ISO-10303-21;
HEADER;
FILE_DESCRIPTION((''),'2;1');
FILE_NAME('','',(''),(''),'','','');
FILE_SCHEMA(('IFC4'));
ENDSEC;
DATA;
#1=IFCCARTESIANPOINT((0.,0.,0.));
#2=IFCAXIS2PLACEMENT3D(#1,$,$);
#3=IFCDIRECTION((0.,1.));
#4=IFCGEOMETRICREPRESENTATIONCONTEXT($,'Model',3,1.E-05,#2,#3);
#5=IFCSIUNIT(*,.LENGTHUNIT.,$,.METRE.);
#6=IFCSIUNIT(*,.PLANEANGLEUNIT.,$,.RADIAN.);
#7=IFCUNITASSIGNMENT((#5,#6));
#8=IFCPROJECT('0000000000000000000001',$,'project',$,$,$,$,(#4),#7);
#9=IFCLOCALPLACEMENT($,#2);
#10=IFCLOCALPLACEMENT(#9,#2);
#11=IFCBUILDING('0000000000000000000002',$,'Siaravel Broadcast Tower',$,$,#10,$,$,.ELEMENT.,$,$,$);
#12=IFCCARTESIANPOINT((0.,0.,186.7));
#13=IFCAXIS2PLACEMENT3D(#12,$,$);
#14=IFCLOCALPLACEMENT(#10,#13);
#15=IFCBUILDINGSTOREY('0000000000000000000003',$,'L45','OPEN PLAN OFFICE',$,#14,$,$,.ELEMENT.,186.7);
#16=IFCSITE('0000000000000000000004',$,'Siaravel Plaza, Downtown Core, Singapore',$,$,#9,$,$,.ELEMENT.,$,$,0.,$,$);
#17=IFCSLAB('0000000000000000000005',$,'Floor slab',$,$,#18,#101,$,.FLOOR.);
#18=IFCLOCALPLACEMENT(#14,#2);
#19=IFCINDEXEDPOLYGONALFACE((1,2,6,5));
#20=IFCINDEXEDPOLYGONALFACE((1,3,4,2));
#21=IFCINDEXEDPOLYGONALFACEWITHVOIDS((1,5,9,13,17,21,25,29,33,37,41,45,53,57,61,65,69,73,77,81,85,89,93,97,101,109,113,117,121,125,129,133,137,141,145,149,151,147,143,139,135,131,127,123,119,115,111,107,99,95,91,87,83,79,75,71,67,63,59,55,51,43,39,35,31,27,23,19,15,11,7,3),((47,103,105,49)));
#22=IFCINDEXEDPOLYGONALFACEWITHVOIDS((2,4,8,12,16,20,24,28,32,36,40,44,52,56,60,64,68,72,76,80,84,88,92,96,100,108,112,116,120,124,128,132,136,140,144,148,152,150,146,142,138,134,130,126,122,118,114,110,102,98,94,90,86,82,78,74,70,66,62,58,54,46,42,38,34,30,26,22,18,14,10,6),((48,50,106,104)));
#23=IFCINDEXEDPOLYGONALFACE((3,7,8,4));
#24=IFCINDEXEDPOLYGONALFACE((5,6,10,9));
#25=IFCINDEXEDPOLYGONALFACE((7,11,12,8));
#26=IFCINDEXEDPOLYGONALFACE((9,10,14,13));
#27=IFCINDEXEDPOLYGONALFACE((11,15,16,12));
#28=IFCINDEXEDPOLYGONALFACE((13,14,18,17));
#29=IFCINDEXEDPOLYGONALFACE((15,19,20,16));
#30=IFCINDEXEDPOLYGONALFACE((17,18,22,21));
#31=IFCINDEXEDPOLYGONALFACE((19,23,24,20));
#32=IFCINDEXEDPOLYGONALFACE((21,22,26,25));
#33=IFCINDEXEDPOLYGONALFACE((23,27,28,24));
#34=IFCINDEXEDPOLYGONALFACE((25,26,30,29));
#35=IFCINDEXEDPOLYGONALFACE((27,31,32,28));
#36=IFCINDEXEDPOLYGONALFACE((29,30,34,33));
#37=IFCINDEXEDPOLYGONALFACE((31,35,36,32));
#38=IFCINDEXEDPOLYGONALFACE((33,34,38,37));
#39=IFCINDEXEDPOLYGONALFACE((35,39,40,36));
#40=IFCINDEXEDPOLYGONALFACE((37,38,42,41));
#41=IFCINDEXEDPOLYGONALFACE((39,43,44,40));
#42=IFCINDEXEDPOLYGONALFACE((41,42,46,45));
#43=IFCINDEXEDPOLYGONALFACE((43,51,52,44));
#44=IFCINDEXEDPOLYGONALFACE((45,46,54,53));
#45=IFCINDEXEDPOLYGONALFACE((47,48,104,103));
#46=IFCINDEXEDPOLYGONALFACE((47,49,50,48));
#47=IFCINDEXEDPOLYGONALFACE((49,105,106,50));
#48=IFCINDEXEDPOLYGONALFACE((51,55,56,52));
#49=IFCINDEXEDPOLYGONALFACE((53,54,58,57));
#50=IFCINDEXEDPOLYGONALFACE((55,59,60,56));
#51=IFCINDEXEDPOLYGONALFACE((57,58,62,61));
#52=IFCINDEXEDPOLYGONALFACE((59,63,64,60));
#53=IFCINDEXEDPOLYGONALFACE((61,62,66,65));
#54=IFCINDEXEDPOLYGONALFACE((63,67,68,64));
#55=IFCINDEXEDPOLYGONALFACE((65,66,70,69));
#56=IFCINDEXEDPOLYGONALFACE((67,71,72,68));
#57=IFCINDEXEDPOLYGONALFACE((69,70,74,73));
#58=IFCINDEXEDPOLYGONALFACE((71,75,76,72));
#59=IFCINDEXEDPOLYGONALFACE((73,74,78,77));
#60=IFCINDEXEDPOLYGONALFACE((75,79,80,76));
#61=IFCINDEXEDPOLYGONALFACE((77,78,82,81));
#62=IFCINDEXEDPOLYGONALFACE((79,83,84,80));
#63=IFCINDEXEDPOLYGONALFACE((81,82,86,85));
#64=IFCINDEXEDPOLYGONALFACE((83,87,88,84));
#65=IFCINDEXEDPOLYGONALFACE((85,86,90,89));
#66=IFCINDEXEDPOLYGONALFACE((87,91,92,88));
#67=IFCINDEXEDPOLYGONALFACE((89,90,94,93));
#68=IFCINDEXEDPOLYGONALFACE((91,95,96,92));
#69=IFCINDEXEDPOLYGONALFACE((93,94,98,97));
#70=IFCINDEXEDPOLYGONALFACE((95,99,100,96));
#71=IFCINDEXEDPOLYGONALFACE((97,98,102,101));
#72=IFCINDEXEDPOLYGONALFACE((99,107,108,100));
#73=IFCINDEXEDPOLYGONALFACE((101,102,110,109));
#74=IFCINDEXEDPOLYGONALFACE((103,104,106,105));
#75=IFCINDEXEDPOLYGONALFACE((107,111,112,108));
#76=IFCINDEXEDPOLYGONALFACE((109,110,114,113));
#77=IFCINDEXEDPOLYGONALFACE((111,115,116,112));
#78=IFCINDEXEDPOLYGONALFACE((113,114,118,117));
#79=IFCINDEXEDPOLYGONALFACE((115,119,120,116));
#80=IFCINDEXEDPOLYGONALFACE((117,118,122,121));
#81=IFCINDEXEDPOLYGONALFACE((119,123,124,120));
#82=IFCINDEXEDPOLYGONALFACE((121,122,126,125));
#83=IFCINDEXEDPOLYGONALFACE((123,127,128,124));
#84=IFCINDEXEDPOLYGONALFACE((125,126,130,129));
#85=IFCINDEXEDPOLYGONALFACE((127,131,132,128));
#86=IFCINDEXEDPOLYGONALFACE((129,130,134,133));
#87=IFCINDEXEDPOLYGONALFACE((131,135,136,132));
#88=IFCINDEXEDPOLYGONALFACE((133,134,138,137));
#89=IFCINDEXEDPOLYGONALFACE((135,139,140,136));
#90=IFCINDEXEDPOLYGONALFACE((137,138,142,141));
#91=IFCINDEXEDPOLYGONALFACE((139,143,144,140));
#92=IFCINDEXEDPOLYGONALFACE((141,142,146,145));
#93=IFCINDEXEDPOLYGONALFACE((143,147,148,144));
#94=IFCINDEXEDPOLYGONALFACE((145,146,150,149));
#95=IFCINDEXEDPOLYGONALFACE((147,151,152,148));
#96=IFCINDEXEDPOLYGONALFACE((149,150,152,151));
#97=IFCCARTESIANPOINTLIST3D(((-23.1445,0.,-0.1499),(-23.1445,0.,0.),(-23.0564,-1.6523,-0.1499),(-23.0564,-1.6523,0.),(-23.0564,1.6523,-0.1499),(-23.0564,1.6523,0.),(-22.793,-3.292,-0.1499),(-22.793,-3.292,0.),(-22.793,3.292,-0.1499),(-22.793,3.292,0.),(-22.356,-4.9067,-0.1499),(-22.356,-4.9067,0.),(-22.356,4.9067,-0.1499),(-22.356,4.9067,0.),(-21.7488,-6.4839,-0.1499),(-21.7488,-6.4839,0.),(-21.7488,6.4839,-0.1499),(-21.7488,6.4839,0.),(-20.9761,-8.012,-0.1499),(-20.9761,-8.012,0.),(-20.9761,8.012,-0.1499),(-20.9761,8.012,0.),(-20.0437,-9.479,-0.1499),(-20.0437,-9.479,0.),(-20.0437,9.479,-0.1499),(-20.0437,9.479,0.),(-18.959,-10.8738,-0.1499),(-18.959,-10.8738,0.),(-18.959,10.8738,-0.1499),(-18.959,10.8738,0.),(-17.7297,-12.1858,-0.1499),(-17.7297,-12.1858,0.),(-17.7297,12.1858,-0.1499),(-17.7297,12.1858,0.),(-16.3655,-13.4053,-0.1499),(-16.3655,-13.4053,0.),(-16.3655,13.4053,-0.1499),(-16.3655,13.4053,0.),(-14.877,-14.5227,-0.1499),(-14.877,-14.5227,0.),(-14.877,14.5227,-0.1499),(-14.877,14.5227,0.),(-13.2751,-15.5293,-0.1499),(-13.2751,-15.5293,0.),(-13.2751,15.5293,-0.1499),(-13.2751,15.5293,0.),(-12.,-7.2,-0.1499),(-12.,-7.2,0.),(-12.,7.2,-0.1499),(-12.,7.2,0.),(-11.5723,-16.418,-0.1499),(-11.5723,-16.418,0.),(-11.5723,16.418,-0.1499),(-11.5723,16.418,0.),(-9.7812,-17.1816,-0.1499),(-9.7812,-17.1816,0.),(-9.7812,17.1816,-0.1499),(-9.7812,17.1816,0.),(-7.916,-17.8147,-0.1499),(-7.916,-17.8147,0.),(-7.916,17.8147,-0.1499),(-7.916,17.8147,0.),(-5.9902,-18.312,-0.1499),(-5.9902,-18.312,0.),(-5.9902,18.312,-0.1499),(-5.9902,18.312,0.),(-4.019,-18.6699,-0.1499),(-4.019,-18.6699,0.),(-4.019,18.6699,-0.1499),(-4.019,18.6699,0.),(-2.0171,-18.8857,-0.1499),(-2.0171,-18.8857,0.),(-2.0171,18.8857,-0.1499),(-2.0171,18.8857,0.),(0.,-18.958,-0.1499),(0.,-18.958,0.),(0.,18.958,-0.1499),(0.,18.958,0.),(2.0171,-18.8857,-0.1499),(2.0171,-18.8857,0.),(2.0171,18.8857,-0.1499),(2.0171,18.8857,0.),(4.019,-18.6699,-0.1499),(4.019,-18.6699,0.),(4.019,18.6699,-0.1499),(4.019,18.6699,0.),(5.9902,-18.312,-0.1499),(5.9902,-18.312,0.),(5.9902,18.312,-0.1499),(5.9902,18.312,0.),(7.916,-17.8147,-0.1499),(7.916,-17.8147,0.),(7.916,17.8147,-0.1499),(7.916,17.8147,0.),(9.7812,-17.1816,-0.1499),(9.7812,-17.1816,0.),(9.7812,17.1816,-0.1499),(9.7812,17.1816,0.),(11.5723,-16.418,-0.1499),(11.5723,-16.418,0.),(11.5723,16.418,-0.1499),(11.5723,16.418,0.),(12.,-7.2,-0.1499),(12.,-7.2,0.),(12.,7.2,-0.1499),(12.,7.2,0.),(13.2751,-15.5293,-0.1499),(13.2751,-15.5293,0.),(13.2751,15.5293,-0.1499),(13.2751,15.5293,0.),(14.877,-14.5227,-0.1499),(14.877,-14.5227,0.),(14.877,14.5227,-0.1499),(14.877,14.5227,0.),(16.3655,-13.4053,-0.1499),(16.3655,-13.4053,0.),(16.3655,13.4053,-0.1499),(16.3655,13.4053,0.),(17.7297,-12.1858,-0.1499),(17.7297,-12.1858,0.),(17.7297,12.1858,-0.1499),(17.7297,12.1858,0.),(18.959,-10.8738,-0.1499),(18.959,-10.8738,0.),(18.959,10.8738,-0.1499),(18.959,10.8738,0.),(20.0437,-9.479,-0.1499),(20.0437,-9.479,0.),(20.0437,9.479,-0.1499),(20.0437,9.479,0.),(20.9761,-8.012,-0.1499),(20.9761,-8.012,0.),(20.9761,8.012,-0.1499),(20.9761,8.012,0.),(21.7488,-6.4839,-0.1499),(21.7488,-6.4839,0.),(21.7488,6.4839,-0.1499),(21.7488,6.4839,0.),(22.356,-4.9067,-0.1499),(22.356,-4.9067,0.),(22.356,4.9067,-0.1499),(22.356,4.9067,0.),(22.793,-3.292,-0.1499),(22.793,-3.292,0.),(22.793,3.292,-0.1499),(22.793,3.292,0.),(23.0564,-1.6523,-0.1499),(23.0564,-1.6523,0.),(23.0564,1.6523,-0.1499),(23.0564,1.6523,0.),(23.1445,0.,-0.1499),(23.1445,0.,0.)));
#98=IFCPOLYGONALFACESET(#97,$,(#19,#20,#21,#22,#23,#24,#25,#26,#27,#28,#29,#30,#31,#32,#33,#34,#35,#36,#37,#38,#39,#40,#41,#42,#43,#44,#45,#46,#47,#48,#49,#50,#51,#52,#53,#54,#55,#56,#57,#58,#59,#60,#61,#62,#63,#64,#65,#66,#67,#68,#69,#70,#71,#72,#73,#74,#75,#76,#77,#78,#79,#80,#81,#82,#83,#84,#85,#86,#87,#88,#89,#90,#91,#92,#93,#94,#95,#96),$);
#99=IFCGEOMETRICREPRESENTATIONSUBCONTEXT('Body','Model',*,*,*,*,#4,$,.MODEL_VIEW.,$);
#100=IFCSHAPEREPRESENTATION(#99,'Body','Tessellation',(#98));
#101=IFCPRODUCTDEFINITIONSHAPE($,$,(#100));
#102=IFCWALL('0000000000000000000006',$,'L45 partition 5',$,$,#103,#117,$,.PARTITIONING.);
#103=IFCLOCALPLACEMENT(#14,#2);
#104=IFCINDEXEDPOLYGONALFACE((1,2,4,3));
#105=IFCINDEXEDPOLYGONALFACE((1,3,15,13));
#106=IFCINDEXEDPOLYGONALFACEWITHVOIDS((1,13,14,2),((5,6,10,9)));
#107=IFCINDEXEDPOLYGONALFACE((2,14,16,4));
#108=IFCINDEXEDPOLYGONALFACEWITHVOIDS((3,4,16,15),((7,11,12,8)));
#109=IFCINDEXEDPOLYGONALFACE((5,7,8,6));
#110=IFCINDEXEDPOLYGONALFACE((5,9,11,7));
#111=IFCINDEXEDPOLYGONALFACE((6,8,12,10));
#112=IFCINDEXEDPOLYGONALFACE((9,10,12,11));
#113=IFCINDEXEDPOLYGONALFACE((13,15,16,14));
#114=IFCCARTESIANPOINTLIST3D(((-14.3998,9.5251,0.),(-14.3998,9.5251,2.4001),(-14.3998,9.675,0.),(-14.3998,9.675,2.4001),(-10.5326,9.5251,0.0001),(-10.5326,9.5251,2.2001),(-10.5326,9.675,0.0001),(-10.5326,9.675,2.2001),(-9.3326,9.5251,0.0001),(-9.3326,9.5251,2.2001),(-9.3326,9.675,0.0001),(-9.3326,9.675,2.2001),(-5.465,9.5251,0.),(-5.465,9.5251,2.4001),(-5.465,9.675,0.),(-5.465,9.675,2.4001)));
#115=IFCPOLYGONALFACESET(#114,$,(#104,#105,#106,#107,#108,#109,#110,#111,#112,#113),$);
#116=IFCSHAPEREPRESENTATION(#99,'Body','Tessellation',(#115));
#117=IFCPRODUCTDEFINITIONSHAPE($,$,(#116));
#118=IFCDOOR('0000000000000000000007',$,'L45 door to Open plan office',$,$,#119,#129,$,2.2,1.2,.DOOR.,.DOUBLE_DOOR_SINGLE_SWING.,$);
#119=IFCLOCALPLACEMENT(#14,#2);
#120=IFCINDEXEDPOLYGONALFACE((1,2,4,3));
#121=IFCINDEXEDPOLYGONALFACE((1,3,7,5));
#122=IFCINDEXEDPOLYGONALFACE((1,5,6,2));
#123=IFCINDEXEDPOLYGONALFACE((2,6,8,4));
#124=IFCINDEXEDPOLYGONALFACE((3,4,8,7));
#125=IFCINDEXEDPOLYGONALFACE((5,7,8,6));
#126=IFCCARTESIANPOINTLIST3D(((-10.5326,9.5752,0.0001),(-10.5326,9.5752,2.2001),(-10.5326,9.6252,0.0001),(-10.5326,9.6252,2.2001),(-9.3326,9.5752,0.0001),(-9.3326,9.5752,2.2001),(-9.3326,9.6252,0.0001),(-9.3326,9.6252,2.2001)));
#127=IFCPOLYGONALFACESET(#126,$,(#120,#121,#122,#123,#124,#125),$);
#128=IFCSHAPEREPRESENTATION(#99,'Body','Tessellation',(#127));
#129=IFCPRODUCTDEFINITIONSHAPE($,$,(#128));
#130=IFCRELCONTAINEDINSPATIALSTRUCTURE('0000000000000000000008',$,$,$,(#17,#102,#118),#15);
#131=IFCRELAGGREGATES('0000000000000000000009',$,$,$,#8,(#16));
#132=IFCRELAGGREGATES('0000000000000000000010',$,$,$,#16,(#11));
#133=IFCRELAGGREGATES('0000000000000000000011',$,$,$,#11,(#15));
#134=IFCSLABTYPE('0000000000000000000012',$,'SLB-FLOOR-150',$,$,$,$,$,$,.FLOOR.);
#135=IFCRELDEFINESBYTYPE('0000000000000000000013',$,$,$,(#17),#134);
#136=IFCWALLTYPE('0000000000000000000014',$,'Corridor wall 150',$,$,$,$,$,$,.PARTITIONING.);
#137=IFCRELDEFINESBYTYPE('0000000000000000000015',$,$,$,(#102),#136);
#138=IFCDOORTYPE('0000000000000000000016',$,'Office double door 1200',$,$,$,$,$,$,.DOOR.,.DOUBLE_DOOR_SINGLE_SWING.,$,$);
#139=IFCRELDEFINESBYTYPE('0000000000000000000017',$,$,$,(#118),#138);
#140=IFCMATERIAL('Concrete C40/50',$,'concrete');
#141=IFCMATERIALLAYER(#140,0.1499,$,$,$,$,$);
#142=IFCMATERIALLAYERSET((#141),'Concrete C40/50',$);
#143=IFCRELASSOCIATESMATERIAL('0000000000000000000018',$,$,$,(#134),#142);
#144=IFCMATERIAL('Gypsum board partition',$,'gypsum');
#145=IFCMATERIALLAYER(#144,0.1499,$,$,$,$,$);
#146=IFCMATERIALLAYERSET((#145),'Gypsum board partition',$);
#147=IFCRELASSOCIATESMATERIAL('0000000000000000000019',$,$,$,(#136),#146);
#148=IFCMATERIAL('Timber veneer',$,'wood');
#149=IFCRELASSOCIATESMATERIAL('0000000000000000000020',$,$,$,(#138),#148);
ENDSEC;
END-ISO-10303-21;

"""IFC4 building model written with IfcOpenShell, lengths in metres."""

from ifc_helpers import new_model, si_unit, direction, frame, frame_2d, origin, place, context, subcontext, project, spatial, polyline, rectangle, outline, extrude, material, layer, layer_set, type_object, element, fill, save


model = new_model("IFC4")

# Units and contexts
model_context = context("Model", 3, precision=1e-05, world=origin(), true_north=direction((0.0, 1.0)))
body_context = subcontext(model_context, "Body", "Model", "MODEL_VIEW")
ifc_project = project(units=[si_unit("LENGTHUNIT", "METRE"), si_unit("PLANEANGLEUNIT", "RADIAN")], contexts=[model_context])

# Site, building, storey
site_placement = place(None, origin())
site = spatial("IfcSite", under=ifc_project, at=site_placement, Name="Siaravel Plaza, Downtown Core, Singapore", CompositionType="ELEMENT", RefElevation=0.0)
building_placement = place(site_placement, origin())
building = spatial("IfcBuilding", under=site, at=building_placement, Name="Siaravel Broadcast Tower", CompositionType="ELEMENT")
storey_placement = place(building_placement, frame((0.0, 0.0, 186.7)))
storey = spatial("IfcBuildingStorey", under=building, at=storey_placement, Name="L45", Description="OPEN PLAN OFFICE", CompositionType="ELEMENT", Elevation=186.7)

# Slab
ifc_material_1 = material(Name="Concrete C40/50", Category="concrete")
ifc_layer_1 = layer(ifc_material_1, 0.1499)
ifc_layer_set_1 = layer_set([ifc_layer_1], Name="Concrete C40/50")
slab_type = type_object("IfcSlabType", Name="SLB-FLOOR-150", PredefinedType="FLOOR", material=ifc_layer_set_1)
slab_placement = place(storey_placement, frame((0.0, 0.0, -0.1499)))
element("IfcSlab", 1, at=slab_placement, inside=storey, type_object=slab_type, Name="Floor slab", PredefinedType="FLOOR", context=body_context, shape_type="SweptSolid", body=[
    extrude(outline(polyline([(23.1445, 0.0), (23.0564, 1.6523), (22.793, 3.292), (22.356, 4.9067), (21.7488, 6.4839), (20.9761, 8.012), (20.0437, 9.479), (18.959, 10.8738), (17.7297, 12.1858), (16.3655, 13.4053), (14.877, 14.5227), (13.2751, 15.5293), (11.5723, 16.418), (9.7812, 17.1816), (7.916, 17.8147), (5.9902, 18.312), (4.019, 18.6699), (2.0171, 18.8857), (0.0, 18.958), (-2.0171, 18.8857), (-4.019, 18.6699), (-5.9902, 18.312), (-7.916, 17.8147), (-9.7812, 17.1816), (-11.5723, 16.418), (-13.2751, 15.5293), (-14.877, 14.5227), (-16.3655, 13.4053), (-17.7297, 12.1858), (-18.959, 10.8738), (-20.0437, 9.479), (-20.9761, 8.012), (-21.7488, 6.4839), (-22.356, 4.9067), (-22.793, 3.292), (-23.0564, 1.6523), (-23.1445, 0.0), (-23.0564, -1.6523), (-22.793, -3.292), (-22.356, -4.9067), (-21.7488, -6.4839), (-20.9761, -8.012), (-20.0437, -9.479), (-18.959, -10.8738), (-17.7297, -12.1858), (-16.3655, -13.4053), (-14.877, -14.5227), (-13.2751, -15.5293), (-11.5723, -16.418), (-9.7812, -17.1816), (-7.916, -17.8147), (-5.9902, -18.312), (-4.019, -18.6699), (-2.0171, -18.8857), (0.0, -18.958), (2.0171, -18.8857), (4.019, -18.6699), (5.9902, -18.312), (7.916, -17.8147), (9.7812, -17.1816), (11.5723, -16.418), (13.2751, -15.5293), (14.877, -14.5227), (16.3655, -13.4053), (17.7297, -12.1858), (18.959, -10.8738), (20.0437, -9.479), (20.9761, -8.012), (21.7488, -6.4839), (22.356, -4.9067), (22.793, -3.292), (23.0564, -1.6523), (23.1445, 0.0)]), holes=[polyline([(-12.0, 7.2), (12.0, 7.2), (12.0, -7.2), (-12.0, -7.2), (-12.0, 7.2)])]), origin(), (0.0, 0.0, 1.0), 0.1499),
])

# Wall, opening, door
ifc_material_2 = material(Name="Gypsum board partition", Category="gypsum")
ifc_layer_2 = layer(ifc_material_2, 0.1499)
ifc_layer_set_2 = layer_set([ifc_layer_2], Name="Gypsum board partition")
wall_type_1 = type_object("IfcWallType", Name="Corridor wall 150", PredefinedType="PARTITIONING", material=ifc_layer_set_2)
wall_1_placement = place(storey_placement, frame((-5.4651, 9.6001, 0.0), z_axis=(0.0, 0.0, 1.0), x_axis=(-1.0, 0.0, 0.0)))
wall_1 = element("IfcWall", 2, at=wall_1_placement, inside=storey, type_object=wall_type_1, Name="L45 partition 5", PredefinedType="PARTITIONING", context=body_context, shape_type="SweptSolid", body=[
    extrude(rectangle(XDim=8.9348, YDim=0.1499, at=frame_2d((4.4673, 0.0))), origin(), (0.0, 0.0, 1.0), 2.4001),
])
opening_1_placement = place(wall_1_placement, frame((3.8674, 0.0, 0.0)))
opening_1 = element("IfcOpeningElement", 3, at=opening_1_placement, cuts=wall_1, PredefinedType="OPENING", context=body_context, shape_type="SweptSolid", body=[
    extrude(rectangle(XDim=1.2, YDim=2.2, at=frame_2d((0.6001, 1.1001))), frame((0.0, 0.085, 0.0), z_axis=(0.0, -1.0, 0.0), x_axis=(1.0, 0.0, 0.0)), (0.0, 0.0, 1.0), 0.1699),
])
ifc_material_3 = material(Name="Timber veneer", Category="wood")
door_type_1 = type_object("IfcDoorType", Name="Office double door 1200", OperationType="DOUBLE_DOOR_SINGLE_SWING", PredefinedType="DOOR", material=ifc_material_3)
door_1_placement = place(opening_1_placement, origin())
door_1 = element("IfcDoor", 4, at=door_1_placement, inside=storey, type_object=door_type_1, Name="L45 door to Open plan office", OperationType="DOUBLE_DOOR_SINGLE_SWING", OverallHeight=2.2, OverallWidth=1.2, PredefinedType="DOOR", context=body_context, shape_type="SweptSolid", body=[
    extrude(rectangle(XDim=1.2, YDim=2.2, at=frame_2d((0.6001, 1.1001))), frame((0.0, 0.0249, 0.0), z_axis=(0.0, -1.0, 0.0), x_axis=(1.0, 0.0, 0.0)), (0.0, 0.0, 1.0), 0.05),
])
fill(opening_1, door_1)

save(model, "model.ifc")
